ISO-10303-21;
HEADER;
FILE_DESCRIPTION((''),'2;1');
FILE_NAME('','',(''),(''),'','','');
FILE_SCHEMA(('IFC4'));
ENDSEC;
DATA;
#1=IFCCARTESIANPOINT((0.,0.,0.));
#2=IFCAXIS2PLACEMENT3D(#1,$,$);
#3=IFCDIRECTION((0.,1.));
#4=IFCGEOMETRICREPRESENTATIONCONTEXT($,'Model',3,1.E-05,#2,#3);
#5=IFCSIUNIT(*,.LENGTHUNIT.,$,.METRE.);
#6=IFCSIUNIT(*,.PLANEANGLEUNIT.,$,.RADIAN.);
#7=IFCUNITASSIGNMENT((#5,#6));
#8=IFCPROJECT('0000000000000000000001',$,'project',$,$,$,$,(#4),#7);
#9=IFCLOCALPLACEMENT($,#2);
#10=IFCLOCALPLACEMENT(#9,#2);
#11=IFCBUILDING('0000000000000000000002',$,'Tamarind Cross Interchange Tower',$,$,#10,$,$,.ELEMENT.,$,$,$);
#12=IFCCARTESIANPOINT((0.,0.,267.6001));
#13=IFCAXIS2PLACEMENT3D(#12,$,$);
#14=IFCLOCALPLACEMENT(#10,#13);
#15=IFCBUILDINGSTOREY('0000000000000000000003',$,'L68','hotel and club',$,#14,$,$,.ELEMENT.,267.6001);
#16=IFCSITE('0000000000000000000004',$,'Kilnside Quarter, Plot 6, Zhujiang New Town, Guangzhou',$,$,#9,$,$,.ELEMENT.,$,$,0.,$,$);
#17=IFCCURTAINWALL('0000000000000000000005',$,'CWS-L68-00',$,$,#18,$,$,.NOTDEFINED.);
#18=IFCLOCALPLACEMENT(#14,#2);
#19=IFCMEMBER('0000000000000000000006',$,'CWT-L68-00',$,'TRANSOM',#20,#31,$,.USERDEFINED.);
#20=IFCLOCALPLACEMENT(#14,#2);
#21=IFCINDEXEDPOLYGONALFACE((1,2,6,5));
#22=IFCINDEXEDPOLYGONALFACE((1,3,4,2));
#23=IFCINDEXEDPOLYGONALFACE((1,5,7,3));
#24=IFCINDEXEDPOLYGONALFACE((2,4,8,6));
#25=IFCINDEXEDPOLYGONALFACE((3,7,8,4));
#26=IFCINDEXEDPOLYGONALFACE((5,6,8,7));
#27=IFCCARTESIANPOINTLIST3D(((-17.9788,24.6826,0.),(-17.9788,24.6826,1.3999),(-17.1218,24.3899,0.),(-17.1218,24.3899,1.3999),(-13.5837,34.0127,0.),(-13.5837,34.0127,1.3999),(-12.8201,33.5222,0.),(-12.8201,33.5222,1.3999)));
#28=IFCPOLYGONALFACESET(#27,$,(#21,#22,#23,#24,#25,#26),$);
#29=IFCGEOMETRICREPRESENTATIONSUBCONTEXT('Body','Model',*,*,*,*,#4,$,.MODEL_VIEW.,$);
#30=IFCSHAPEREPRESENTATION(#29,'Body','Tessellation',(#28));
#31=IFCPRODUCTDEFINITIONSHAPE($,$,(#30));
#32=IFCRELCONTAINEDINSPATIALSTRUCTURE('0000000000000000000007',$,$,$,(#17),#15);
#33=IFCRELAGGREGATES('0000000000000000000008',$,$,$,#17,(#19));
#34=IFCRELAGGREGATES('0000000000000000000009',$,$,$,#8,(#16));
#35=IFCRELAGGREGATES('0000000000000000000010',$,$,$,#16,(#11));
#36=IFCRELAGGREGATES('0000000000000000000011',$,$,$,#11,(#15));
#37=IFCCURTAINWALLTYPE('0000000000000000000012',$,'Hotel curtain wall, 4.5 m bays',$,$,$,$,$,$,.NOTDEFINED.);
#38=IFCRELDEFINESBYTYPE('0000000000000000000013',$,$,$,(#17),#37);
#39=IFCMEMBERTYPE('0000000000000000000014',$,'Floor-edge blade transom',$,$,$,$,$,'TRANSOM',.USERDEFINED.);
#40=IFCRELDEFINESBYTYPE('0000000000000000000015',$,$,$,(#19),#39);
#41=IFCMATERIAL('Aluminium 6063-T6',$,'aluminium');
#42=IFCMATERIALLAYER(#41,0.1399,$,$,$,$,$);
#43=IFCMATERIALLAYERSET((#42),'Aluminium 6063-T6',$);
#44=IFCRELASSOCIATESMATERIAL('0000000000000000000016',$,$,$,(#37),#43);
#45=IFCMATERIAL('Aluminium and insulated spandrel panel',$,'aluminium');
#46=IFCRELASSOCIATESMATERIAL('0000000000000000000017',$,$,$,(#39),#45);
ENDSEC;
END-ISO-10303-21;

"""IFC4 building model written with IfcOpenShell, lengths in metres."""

from ifc_helpers import new_model, si_unit, direction, frame, origin, place, context, subcontext, project, spatial, polyline, outline, extrude, material, layer, layer_set, type_object, element, aggregate, save


model = new_model("IFC4")

# Units and contexts
model_context = context("Model", 3, precision=1e-05, world=origin(), true_north=direction((0.0, 1.0)))
body_context = subcontext(model_context, "Body", "Model", "MODEL_VIEW")
ifc_project = project(units=[si_unit("LENGTHUNIT", "METRE"), si_unit("PLANEANGLEUNIT", "RADIAN")], contexts=[model_context])

# Site, building, storey
site_placement = place(None, origin())
site = spatial("IfcSite", under=ifc_project, at=site_placement, Name="Kilnside Quarter, Plot 6, Zhujiang New Town, Guangzhou", CompositionType="ELEMENT", RefElevation=0.0)
building_placement = place(site_placement, origin())
building = spatial("IfcBuilding", under=site, at=building_placement, Name="Tamarind Cross Interchange Tower", CompositionType="ELEMENT")
storey_placement = place(building_placement, frame((0.0, 0.0, 267.6001)))
storey = spatial("IfcBuildingStorey", under=building, at=storey_placement, Name="L68", Description="hotel and club", CompositionType="ELEMENT", Elevation=267.6001)

# Curtain wall, member
ifc_material_1 = material(Name="Aluminium 6063-T6", Category="aluminium")
ifc_layer_1 = layer(ifc_material_1, 0.1399)
ifc_layer_set_1 = layer_set([ifc_layer_1], Name="Aluminium 6063-T6")
curtain_wall_type = type_object("IfcCurtainWallType", Name="Hotel curtain wall, 4.5 m bays", PredefinedType="NOTDEFINED", material=ifc_layer_set_1)
curtain_wall_1_placement = place(storey_placement, origin())
curtain_wall_1 = element("IfcCurtainWall", 1, at=curtain_wall_1_placement, inside=storey, type_object=curtain_wall_type, Name="CWS-L68-00", PredefinedType="NOTDEFINED")
ifc_material_2 = material(Name="Aluminium and insulated spandrel panel", Category="aluminium")
member_type = type_object("IfcMemberType", Name="Floor-edge blade transom", ElementType="TRANSOM", PredefinedType="USERDEFINED", material=ifc_material_2)
member_placement = place(storey_placement, origin())
member = element("IfcMember", 2, at=member_placement, type_object=member_type, Name="CWT-L68-00", ObjectType="TRANSOM", PredefinedType="USERDEFINED", context=body_context, shape_type="SweptSolid", body=[
    extrude(outline(polyline([(-12.8201, 33.5222), (-17.1218, 24.3899), (-17.9788, 24.6826), (-13.5837, 34.0127), (-12.8201, 33.5222)])), origin(), (0.0, 0.0, 1.0), 1.3999),
])

aggregate(curtain_wall_1, [member])

save(model, "model.ifc")
